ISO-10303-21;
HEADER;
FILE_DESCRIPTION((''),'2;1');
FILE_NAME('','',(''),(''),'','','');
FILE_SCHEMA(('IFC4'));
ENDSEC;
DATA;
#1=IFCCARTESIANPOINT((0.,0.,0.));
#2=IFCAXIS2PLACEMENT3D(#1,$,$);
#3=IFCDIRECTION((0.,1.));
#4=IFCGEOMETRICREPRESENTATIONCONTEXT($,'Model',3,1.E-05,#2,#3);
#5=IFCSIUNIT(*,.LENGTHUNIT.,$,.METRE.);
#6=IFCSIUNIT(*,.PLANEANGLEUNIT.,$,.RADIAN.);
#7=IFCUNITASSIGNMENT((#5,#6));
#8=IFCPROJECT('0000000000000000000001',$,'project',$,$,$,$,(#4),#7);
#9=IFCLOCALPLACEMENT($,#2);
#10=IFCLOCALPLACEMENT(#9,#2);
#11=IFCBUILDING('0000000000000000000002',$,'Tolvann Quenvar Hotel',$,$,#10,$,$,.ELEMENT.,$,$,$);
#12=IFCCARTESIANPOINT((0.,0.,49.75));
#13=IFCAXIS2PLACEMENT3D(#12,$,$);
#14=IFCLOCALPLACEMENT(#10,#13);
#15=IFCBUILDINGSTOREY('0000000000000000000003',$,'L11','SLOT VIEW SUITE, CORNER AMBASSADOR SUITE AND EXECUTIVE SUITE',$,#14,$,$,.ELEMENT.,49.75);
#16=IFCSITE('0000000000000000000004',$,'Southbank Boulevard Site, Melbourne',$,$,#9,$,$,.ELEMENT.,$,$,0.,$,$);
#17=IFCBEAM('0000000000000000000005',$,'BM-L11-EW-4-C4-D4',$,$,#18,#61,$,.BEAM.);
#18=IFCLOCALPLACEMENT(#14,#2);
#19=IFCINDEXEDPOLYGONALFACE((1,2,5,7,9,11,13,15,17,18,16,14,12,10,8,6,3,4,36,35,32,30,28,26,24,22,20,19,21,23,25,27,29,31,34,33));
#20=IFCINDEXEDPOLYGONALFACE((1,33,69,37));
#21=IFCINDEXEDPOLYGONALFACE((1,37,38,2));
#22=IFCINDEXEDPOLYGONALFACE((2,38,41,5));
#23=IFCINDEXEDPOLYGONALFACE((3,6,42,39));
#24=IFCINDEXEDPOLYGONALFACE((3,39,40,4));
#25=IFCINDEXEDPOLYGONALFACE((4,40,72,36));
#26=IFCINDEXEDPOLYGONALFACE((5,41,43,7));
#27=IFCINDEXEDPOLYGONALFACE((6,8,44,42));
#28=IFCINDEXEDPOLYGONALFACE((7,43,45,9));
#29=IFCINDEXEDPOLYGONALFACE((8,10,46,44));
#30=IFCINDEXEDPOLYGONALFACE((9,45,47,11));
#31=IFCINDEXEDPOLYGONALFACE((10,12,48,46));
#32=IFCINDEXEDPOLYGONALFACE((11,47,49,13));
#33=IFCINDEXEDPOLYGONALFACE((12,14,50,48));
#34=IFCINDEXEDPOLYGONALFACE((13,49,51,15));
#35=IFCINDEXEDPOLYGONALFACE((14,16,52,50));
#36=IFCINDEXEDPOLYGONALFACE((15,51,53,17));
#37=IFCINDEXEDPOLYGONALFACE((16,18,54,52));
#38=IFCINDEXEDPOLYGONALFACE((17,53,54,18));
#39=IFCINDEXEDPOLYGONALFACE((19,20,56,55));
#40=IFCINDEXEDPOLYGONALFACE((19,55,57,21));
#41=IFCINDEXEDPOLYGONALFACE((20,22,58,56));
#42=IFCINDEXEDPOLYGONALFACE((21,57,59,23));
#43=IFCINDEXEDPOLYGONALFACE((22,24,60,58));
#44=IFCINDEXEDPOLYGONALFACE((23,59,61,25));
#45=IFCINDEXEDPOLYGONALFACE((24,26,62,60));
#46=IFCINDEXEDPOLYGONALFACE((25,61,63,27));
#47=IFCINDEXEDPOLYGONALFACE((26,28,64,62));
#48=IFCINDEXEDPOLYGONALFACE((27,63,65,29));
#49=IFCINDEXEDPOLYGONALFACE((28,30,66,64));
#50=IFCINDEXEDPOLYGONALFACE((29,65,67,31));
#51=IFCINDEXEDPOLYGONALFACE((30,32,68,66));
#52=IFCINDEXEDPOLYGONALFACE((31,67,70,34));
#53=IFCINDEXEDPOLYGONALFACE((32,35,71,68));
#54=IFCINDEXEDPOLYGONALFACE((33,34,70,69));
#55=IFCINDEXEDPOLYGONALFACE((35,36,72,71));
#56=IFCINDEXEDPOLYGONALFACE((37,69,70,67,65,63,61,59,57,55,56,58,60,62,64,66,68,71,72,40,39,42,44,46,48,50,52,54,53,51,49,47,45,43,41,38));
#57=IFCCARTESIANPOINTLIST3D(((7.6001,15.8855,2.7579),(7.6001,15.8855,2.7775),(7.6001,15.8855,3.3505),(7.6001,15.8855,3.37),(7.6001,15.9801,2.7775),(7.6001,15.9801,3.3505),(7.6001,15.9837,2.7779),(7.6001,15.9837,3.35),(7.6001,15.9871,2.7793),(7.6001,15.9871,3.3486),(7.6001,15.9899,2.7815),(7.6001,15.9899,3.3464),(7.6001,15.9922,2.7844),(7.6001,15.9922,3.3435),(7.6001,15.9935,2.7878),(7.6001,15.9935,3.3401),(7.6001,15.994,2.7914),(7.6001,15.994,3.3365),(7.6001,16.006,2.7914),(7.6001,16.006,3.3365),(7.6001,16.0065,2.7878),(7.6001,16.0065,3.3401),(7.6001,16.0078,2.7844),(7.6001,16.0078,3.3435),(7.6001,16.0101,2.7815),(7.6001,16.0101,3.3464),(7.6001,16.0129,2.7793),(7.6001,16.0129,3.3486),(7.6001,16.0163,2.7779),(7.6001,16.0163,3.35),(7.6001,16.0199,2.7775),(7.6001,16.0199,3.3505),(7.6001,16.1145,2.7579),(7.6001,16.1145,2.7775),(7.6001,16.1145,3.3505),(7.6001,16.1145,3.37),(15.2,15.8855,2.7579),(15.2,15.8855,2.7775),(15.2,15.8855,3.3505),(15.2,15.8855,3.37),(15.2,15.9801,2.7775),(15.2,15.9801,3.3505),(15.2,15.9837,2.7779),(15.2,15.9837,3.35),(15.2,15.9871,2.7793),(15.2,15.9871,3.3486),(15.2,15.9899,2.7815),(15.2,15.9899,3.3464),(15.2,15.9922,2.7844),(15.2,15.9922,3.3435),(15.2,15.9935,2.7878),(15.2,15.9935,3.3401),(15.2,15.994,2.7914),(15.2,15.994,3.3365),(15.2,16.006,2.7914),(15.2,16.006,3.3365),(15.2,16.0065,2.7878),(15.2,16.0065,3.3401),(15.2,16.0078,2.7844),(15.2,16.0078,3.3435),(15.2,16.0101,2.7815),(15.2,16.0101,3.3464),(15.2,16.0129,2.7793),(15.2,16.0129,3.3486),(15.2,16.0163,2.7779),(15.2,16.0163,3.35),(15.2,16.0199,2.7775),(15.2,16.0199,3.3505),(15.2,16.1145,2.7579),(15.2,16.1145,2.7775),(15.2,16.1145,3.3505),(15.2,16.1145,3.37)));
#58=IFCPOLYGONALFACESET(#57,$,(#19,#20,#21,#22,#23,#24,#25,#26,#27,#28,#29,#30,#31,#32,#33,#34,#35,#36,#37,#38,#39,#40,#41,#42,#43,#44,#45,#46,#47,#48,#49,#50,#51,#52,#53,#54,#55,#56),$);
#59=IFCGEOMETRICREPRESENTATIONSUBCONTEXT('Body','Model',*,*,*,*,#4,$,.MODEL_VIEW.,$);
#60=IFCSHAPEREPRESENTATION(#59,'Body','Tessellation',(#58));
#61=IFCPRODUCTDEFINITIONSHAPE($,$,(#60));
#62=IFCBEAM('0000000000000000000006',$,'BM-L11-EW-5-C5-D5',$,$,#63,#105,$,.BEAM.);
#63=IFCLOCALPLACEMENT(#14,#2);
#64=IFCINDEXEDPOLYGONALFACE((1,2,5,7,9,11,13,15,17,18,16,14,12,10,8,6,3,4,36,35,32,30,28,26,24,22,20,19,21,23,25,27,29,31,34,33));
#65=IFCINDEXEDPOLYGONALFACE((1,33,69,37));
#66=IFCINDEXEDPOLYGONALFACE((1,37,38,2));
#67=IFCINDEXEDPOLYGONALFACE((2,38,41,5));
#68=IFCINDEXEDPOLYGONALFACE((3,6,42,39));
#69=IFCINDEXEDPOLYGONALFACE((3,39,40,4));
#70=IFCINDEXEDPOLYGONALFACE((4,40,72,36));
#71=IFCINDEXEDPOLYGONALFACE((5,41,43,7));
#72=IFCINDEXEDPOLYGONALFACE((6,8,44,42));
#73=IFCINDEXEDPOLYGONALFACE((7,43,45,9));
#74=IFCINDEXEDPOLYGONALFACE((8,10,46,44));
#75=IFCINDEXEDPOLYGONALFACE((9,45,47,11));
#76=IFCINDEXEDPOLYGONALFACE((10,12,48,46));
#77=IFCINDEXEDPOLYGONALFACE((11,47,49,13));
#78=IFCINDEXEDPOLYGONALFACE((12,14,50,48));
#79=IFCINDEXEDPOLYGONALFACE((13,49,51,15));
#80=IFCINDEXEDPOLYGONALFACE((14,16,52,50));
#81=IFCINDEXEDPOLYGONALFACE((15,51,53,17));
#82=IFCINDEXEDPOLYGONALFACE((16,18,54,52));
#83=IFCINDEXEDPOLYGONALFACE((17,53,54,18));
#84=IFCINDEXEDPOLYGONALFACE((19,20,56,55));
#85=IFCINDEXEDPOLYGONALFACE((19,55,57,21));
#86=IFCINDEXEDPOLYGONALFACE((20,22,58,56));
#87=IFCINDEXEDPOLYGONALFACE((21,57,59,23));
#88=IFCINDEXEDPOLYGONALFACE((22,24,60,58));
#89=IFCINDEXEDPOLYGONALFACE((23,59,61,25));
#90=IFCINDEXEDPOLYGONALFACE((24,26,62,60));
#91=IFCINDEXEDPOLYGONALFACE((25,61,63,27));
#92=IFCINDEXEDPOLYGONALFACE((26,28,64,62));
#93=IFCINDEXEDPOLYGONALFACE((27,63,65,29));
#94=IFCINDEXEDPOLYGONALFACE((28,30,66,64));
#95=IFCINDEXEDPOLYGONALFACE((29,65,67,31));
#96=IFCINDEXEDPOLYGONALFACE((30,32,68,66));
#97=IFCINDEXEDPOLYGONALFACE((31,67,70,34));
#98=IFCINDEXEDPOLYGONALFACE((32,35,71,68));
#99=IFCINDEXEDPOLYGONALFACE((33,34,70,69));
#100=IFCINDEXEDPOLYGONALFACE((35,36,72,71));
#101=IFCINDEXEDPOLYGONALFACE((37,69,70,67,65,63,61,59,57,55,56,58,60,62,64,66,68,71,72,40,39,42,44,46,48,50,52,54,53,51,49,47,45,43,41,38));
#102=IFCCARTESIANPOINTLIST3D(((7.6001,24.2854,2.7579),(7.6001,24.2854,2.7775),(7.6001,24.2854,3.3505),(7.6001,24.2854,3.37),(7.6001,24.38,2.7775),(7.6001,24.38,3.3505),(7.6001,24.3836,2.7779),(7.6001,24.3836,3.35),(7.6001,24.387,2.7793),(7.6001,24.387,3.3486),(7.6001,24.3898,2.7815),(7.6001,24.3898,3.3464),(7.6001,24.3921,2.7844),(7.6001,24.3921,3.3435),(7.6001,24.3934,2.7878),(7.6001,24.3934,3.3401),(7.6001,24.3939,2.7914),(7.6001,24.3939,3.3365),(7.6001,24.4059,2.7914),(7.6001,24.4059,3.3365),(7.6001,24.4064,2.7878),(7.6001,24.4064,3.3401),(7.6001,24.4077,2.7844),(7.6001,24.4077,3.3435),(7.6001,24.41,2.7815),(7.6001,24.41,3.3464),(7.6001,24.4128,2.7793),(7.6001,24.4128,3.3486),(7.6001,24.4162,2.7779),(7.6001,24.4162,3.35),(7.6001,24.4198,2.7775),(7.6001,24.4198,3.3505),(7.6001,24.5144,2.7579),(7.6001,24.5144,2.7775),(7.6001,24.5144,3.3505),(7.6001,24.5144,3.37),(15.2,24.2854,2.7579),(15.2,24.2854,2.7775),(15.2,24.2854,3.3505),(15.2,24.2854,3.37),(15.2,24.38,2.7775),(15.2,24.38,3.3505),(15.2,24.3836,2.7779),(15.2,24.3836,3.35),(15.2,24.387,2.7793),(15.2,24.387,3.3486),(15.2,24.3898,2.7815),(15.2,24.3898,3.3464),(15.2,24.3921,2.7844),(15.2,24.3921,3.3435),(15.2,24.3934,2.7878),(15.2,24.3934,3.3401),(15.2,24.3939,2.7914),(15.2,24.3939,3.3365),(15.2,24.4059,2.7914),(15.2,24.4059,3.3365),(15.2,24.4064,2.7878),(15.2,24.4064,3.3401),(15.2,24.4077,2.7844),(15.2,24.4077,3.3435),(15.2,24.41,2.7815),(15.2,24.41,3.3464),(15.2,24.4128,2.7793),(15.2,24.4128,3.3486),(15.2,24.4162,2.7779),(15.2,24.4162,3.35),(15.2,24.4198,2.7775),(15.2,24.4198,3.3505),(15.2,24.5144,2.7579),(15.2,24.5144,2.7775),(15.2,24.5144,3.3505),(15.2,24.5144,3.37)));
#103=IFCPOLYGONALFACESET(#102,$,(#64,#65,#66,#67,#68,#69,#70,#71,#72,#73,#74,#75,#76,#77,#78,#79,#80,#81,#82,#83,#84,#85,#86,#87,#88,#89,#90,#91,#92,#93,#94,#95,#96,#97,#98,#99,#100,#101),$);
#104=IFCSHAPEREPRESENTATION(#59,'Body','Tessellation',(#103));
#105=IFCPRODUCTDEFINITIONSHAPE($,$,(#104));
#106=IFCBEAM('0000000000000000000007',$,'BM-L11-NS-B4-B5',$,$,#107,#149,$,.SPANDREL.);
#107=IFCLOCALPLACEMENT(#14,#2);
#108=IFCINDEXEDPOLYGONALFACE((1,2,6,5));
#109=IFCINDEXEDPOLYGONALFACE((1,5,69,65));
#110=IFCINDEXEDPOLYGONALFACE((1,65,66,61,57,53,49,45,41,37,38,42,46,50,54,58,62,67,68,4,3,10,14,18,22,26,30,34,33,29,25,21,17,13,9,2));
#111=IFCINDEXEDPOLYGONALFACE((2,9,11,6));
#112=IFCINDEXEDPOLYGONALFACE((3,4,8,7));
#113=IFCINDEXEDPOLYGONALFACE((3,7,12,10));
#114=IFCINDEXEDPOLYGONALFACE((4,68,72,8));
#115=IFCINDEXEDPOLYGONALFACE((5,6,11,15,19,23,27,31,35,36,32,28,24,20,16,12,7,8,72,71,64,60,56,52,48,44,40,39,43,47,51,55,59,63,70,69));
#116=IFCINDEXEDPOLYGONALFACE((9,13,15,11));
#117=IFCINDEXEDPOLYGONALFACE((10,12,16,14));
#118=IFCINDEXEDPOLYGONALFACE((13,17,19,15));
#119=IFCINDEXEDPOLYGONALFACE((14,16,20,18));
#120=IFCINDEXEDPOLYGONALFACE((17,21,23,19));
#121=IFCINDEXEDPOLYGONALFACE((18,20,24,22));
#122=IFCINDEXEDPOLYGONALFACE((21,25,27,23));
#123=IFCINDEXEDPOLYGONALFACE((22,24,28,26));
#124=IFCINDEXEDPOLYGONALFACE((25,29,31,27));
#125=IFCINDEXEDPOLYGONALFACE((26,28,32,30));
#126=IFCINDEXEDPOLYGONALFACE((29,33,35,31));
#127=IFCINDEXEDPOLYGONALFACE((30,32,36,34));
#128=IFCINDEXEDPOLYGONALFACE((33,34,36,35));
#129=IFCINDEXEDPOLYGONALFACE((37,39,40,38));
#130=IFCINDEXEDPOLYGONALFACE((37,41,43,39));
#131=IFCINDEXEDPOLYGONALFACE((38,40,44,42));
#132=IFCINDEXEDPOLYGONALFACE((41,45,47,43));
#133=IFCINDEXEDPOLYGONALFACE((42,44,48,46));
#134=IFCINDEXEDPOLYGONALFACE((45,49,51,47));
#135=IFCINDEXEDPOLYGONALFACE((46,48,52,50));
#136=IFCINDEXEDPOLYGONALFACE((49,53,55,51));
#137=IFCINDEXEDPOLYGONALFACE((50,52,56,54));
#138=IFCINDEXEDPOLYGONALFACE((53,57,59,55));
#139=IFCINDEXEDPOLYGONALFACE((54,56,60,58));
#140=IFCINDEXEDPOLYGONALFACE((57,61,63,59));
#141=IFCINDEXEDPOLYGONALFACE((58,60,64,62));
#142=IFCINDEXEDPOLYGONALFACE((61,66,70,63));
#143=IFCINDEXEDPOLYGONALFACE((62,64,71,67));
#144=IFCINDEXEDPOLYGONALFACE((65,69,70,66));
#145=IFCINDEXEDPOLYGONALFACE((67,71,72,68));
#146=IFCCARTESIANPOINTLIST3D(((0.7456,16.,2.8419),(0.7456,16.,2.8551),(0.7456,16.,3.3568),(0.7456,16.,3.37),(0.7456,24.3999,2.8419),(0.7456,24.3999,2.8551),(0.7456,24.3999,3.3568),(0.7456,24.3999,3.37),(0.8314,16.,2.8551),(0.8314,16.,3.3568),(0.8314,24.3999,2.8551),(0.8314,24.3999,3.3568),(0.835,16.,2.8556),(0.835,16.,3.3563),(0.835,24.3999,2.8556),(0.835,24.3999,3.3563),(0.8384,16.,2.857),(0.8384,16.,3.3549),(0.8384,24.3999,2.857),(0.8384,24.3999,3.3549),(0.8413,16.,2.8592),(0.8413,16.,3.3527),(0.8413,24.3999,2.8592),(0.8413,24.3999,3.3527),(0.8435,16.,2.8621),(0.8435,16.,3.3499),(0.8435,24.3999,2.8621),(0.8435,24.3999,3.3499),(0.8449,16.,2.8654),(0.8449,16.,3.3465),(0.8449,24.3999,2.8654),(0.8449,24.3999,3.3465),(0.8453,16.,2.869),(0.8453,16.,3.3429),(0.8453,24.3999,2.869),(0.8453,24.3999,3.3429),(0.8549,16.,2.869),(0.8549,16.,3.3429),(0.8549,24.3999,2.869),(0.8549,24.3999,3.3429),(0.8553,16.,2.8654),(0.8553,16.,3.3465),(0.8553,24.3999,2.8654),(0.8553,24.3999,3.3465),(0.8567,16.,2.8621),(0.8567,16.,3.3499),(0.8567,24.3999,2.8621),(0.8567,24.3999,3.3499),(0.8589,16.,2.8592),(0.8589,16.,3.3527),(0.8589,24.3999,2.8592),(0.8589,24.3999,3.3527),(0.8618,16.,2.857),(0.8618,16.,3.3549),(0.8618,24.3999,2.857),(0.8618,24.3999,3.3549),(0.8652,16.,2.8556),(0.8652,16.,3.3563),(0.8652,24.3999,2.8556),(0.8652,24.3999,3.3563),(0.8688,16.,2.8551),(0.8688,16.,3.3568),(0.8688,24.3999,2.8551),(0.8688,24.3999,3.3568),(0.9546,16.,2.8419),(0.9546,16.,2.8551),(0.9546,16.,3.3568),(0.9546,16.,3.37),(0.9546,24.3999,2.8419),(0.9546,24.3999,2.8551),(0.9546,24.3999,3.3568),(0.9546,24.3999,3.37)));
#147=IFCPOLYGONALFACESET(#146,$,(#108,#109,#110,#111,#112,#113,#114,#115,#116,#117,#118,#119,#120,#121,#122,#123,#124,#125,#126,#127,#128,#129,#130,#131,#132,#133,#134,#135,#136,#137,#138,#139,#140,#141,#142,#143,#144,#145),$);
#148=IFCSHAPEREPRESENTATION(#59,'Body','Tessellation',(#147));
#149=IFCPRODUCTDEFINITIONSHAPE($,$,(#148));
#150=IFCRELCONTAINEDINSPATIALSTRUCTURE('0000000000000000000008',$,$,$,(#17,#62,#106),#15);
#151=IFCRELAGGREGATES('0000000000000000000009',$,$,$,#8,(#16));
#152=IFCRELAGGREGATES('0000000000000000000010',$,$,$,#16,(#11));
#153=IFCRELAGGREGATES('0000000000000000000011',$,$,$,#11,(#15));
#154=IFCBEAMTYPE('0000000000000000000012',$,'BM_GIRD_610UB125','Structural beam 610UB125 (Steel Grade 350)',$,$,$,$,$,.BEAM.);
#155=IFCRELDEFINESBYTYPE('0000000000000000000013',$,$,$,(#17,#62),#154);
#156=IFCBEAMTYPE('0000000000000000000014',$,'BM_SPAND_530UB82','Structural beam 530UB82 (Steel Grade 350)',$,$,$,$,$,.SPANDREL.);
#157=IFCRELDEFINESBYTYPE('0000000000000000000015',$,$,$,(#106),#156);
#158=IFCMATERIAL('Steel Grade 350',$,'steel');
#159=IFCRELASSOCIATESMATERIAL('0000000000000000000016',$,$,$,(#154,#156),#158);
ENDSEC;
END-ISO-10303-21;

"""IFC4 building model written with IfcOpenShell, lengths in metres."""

from ifc_helpers import new_model, si_unit, direction, frame, origin, origin_2d, place, context, subcontext, project, spatial, i_section, extrude, source, transform, mapped, material, material_profile, profile_set, type_object, element, save


model = new_model("IFC4")

# Units and contexts
model_context = context("Model", 3, precision=1e-05, world=origin(), true_north=direction((0.0, 1.0)))
body_context = subcontext(model_context, "Body", "Model", "MODEL_VIEW")
ifc_project = project(units=[si_unit("LENGTHUNIT", "METRE"), si_unit("PLANEANGLEUNIT", "RADIAN")], contexts=[model_context])

# Site, building, storey
site_placement = place(None, origin())
site = spatial("IfcSite", under=ifc_project, at=site_placement, Name="Southbank Boulevard Site, Melbourne", CompositionType="ELEMENT", RefElevation=0.0)
building_placement = place(site_placement, origin())
building = spatial("IfcBuilding", under=site, at=building_placement, Name="Tolvann Quenvar Hotel", CompositionType="ELEMENT")
storey_placement = place(building_placement, frame((0.0, 0.0, 49.75)))
storey = spatial("IfcBuildingStorey", under=building, at=storey_placement, Name="L11", Description="SLOT VIEW SUITE, CORNER AMBASSADOR SUITE AND EXECUTIVE SUITE", CompositionType="ELEMENT", Elevation=49.75)

# Shared definitions
ifc_material_1 = material(Name="Steel Grade 350", Category="steel")

# Beams
ifc_material_profile_1 = material_profile(ifc_material_1, i_section(OverallWidth=0.229, OverallDepth=0.6121, WebThickness=0.012, FlangeThickness=0.0195, FilletRadius=0.0139, at=origin_2d()), Name="610UB125")
ifc_profile_set_1 = profile_set([ifc_material_profile_1], Name="Steel Grade 350")
beam_type_1 = type_object("IfcBeamType", Name="BM_GIRD_610UB125", Description="Structural beam 610UB125 (Steel Grade 350)", PredefinedType="BEAM", material=ifc_profile_set_1)
shared_shape_1 = source(origin(), body_context, "Body", "SweptSolid", [
    extrude(i_section(OverallWidth=0.229, OverallDepth=0.6121, WebThickness=0.012, FlangeThickness=0.0195, FilletRadius=0.0139, at=origin_2d()), origin(), (0.0, 0.0, 1.0), 7.5999),
])
for number, where, z_axis, x_axis, name in (
    (1, (7.6001, 16.0, 3.064), (1.0, 0.0, 0.0), (0.0, 1.0, 0.0), "BM-L11-EW-4-C4-D4"),
    (2, (7.6001, 24.3999, 3.064), (1.0, 0.0, 0.0), (0.0, 1.0, 0.0), "BM-L11-EW-5-C5-D5"),
):
    element("IfcBeam", number, at=place(storey_placement, frame(where, z_axis=z_axis, x_axis=x_axis)), inside=storey, type_object=beam_type_1, Name=name, PredefinedType="BEAM", context=body_context, shape_type="MappedRepresentation", body=[
        mapped(shared_shape_1, transform((0.0, 0.0, 0.0), x_axis=(1.0, 0.0, 0.0), y_axis=(0.0, 1.0, 0.0), z_axis=(0.0, 0.0, 1.0), scale=1.0)),
    ])
ifc_material_profile_2 = material_profile(ifc_material_1, i_section(OverallWidth=0.209, OverallDepth=0.5281, WebThickness=0.0095, FlangeThickness=0.0132, FilletRadius=0.0139, at=origin_2d()), Name="530UB82")
ifc_profile_set_2 = profile_set([ifc_material_profile_2], Name="Steel Grade 350")
beam_type_2 = type_object("IfcBeamType", Name="BM_SPAND_530UB82", Description="Structural beam 530UB82 (Steel Grade 350)", PredefinedType="SPANDREL", material=ifc_profile_set_2)
shared_shape_2 = source(origin(), body_context, "Body", "SweptSolid", [
    extrude(i_section(OverallWidth=0.209, OverallDepth=0.5281, WebThickness=0.0095, FlangeThickness=0.0132, FilletRadius=0.0139, at=origin_2d()), origin(), (0.0, 0.0, 1.0), 8.3999),
])
beam_1_placement = place(storey_placement, frame((0.8501, 16.0, 3.106), z_axis=(0.0, 1.0, 0.0), x_axis=(-1.0, 0.0, 0.0)))
element("IfcBeam", 3, at=beam_1_placement, inside=storey, type_object=beam_type_2, Name="BM-L11-NS-B4-B5", PredefinedType="SPANDREL", context=body_context, shape_type="MappedRepresentation", body=[
    mapped(shared_shape_2, transform((0.0, 0.0, 0.0), x_axis=(1.0, 0.0, 0.0), y_axis=(0.0, 1.0, 0.0), z_axis=(0.0, 0.0, 1.0), scale=1.0)),
])

save(model, "model.ifc")
